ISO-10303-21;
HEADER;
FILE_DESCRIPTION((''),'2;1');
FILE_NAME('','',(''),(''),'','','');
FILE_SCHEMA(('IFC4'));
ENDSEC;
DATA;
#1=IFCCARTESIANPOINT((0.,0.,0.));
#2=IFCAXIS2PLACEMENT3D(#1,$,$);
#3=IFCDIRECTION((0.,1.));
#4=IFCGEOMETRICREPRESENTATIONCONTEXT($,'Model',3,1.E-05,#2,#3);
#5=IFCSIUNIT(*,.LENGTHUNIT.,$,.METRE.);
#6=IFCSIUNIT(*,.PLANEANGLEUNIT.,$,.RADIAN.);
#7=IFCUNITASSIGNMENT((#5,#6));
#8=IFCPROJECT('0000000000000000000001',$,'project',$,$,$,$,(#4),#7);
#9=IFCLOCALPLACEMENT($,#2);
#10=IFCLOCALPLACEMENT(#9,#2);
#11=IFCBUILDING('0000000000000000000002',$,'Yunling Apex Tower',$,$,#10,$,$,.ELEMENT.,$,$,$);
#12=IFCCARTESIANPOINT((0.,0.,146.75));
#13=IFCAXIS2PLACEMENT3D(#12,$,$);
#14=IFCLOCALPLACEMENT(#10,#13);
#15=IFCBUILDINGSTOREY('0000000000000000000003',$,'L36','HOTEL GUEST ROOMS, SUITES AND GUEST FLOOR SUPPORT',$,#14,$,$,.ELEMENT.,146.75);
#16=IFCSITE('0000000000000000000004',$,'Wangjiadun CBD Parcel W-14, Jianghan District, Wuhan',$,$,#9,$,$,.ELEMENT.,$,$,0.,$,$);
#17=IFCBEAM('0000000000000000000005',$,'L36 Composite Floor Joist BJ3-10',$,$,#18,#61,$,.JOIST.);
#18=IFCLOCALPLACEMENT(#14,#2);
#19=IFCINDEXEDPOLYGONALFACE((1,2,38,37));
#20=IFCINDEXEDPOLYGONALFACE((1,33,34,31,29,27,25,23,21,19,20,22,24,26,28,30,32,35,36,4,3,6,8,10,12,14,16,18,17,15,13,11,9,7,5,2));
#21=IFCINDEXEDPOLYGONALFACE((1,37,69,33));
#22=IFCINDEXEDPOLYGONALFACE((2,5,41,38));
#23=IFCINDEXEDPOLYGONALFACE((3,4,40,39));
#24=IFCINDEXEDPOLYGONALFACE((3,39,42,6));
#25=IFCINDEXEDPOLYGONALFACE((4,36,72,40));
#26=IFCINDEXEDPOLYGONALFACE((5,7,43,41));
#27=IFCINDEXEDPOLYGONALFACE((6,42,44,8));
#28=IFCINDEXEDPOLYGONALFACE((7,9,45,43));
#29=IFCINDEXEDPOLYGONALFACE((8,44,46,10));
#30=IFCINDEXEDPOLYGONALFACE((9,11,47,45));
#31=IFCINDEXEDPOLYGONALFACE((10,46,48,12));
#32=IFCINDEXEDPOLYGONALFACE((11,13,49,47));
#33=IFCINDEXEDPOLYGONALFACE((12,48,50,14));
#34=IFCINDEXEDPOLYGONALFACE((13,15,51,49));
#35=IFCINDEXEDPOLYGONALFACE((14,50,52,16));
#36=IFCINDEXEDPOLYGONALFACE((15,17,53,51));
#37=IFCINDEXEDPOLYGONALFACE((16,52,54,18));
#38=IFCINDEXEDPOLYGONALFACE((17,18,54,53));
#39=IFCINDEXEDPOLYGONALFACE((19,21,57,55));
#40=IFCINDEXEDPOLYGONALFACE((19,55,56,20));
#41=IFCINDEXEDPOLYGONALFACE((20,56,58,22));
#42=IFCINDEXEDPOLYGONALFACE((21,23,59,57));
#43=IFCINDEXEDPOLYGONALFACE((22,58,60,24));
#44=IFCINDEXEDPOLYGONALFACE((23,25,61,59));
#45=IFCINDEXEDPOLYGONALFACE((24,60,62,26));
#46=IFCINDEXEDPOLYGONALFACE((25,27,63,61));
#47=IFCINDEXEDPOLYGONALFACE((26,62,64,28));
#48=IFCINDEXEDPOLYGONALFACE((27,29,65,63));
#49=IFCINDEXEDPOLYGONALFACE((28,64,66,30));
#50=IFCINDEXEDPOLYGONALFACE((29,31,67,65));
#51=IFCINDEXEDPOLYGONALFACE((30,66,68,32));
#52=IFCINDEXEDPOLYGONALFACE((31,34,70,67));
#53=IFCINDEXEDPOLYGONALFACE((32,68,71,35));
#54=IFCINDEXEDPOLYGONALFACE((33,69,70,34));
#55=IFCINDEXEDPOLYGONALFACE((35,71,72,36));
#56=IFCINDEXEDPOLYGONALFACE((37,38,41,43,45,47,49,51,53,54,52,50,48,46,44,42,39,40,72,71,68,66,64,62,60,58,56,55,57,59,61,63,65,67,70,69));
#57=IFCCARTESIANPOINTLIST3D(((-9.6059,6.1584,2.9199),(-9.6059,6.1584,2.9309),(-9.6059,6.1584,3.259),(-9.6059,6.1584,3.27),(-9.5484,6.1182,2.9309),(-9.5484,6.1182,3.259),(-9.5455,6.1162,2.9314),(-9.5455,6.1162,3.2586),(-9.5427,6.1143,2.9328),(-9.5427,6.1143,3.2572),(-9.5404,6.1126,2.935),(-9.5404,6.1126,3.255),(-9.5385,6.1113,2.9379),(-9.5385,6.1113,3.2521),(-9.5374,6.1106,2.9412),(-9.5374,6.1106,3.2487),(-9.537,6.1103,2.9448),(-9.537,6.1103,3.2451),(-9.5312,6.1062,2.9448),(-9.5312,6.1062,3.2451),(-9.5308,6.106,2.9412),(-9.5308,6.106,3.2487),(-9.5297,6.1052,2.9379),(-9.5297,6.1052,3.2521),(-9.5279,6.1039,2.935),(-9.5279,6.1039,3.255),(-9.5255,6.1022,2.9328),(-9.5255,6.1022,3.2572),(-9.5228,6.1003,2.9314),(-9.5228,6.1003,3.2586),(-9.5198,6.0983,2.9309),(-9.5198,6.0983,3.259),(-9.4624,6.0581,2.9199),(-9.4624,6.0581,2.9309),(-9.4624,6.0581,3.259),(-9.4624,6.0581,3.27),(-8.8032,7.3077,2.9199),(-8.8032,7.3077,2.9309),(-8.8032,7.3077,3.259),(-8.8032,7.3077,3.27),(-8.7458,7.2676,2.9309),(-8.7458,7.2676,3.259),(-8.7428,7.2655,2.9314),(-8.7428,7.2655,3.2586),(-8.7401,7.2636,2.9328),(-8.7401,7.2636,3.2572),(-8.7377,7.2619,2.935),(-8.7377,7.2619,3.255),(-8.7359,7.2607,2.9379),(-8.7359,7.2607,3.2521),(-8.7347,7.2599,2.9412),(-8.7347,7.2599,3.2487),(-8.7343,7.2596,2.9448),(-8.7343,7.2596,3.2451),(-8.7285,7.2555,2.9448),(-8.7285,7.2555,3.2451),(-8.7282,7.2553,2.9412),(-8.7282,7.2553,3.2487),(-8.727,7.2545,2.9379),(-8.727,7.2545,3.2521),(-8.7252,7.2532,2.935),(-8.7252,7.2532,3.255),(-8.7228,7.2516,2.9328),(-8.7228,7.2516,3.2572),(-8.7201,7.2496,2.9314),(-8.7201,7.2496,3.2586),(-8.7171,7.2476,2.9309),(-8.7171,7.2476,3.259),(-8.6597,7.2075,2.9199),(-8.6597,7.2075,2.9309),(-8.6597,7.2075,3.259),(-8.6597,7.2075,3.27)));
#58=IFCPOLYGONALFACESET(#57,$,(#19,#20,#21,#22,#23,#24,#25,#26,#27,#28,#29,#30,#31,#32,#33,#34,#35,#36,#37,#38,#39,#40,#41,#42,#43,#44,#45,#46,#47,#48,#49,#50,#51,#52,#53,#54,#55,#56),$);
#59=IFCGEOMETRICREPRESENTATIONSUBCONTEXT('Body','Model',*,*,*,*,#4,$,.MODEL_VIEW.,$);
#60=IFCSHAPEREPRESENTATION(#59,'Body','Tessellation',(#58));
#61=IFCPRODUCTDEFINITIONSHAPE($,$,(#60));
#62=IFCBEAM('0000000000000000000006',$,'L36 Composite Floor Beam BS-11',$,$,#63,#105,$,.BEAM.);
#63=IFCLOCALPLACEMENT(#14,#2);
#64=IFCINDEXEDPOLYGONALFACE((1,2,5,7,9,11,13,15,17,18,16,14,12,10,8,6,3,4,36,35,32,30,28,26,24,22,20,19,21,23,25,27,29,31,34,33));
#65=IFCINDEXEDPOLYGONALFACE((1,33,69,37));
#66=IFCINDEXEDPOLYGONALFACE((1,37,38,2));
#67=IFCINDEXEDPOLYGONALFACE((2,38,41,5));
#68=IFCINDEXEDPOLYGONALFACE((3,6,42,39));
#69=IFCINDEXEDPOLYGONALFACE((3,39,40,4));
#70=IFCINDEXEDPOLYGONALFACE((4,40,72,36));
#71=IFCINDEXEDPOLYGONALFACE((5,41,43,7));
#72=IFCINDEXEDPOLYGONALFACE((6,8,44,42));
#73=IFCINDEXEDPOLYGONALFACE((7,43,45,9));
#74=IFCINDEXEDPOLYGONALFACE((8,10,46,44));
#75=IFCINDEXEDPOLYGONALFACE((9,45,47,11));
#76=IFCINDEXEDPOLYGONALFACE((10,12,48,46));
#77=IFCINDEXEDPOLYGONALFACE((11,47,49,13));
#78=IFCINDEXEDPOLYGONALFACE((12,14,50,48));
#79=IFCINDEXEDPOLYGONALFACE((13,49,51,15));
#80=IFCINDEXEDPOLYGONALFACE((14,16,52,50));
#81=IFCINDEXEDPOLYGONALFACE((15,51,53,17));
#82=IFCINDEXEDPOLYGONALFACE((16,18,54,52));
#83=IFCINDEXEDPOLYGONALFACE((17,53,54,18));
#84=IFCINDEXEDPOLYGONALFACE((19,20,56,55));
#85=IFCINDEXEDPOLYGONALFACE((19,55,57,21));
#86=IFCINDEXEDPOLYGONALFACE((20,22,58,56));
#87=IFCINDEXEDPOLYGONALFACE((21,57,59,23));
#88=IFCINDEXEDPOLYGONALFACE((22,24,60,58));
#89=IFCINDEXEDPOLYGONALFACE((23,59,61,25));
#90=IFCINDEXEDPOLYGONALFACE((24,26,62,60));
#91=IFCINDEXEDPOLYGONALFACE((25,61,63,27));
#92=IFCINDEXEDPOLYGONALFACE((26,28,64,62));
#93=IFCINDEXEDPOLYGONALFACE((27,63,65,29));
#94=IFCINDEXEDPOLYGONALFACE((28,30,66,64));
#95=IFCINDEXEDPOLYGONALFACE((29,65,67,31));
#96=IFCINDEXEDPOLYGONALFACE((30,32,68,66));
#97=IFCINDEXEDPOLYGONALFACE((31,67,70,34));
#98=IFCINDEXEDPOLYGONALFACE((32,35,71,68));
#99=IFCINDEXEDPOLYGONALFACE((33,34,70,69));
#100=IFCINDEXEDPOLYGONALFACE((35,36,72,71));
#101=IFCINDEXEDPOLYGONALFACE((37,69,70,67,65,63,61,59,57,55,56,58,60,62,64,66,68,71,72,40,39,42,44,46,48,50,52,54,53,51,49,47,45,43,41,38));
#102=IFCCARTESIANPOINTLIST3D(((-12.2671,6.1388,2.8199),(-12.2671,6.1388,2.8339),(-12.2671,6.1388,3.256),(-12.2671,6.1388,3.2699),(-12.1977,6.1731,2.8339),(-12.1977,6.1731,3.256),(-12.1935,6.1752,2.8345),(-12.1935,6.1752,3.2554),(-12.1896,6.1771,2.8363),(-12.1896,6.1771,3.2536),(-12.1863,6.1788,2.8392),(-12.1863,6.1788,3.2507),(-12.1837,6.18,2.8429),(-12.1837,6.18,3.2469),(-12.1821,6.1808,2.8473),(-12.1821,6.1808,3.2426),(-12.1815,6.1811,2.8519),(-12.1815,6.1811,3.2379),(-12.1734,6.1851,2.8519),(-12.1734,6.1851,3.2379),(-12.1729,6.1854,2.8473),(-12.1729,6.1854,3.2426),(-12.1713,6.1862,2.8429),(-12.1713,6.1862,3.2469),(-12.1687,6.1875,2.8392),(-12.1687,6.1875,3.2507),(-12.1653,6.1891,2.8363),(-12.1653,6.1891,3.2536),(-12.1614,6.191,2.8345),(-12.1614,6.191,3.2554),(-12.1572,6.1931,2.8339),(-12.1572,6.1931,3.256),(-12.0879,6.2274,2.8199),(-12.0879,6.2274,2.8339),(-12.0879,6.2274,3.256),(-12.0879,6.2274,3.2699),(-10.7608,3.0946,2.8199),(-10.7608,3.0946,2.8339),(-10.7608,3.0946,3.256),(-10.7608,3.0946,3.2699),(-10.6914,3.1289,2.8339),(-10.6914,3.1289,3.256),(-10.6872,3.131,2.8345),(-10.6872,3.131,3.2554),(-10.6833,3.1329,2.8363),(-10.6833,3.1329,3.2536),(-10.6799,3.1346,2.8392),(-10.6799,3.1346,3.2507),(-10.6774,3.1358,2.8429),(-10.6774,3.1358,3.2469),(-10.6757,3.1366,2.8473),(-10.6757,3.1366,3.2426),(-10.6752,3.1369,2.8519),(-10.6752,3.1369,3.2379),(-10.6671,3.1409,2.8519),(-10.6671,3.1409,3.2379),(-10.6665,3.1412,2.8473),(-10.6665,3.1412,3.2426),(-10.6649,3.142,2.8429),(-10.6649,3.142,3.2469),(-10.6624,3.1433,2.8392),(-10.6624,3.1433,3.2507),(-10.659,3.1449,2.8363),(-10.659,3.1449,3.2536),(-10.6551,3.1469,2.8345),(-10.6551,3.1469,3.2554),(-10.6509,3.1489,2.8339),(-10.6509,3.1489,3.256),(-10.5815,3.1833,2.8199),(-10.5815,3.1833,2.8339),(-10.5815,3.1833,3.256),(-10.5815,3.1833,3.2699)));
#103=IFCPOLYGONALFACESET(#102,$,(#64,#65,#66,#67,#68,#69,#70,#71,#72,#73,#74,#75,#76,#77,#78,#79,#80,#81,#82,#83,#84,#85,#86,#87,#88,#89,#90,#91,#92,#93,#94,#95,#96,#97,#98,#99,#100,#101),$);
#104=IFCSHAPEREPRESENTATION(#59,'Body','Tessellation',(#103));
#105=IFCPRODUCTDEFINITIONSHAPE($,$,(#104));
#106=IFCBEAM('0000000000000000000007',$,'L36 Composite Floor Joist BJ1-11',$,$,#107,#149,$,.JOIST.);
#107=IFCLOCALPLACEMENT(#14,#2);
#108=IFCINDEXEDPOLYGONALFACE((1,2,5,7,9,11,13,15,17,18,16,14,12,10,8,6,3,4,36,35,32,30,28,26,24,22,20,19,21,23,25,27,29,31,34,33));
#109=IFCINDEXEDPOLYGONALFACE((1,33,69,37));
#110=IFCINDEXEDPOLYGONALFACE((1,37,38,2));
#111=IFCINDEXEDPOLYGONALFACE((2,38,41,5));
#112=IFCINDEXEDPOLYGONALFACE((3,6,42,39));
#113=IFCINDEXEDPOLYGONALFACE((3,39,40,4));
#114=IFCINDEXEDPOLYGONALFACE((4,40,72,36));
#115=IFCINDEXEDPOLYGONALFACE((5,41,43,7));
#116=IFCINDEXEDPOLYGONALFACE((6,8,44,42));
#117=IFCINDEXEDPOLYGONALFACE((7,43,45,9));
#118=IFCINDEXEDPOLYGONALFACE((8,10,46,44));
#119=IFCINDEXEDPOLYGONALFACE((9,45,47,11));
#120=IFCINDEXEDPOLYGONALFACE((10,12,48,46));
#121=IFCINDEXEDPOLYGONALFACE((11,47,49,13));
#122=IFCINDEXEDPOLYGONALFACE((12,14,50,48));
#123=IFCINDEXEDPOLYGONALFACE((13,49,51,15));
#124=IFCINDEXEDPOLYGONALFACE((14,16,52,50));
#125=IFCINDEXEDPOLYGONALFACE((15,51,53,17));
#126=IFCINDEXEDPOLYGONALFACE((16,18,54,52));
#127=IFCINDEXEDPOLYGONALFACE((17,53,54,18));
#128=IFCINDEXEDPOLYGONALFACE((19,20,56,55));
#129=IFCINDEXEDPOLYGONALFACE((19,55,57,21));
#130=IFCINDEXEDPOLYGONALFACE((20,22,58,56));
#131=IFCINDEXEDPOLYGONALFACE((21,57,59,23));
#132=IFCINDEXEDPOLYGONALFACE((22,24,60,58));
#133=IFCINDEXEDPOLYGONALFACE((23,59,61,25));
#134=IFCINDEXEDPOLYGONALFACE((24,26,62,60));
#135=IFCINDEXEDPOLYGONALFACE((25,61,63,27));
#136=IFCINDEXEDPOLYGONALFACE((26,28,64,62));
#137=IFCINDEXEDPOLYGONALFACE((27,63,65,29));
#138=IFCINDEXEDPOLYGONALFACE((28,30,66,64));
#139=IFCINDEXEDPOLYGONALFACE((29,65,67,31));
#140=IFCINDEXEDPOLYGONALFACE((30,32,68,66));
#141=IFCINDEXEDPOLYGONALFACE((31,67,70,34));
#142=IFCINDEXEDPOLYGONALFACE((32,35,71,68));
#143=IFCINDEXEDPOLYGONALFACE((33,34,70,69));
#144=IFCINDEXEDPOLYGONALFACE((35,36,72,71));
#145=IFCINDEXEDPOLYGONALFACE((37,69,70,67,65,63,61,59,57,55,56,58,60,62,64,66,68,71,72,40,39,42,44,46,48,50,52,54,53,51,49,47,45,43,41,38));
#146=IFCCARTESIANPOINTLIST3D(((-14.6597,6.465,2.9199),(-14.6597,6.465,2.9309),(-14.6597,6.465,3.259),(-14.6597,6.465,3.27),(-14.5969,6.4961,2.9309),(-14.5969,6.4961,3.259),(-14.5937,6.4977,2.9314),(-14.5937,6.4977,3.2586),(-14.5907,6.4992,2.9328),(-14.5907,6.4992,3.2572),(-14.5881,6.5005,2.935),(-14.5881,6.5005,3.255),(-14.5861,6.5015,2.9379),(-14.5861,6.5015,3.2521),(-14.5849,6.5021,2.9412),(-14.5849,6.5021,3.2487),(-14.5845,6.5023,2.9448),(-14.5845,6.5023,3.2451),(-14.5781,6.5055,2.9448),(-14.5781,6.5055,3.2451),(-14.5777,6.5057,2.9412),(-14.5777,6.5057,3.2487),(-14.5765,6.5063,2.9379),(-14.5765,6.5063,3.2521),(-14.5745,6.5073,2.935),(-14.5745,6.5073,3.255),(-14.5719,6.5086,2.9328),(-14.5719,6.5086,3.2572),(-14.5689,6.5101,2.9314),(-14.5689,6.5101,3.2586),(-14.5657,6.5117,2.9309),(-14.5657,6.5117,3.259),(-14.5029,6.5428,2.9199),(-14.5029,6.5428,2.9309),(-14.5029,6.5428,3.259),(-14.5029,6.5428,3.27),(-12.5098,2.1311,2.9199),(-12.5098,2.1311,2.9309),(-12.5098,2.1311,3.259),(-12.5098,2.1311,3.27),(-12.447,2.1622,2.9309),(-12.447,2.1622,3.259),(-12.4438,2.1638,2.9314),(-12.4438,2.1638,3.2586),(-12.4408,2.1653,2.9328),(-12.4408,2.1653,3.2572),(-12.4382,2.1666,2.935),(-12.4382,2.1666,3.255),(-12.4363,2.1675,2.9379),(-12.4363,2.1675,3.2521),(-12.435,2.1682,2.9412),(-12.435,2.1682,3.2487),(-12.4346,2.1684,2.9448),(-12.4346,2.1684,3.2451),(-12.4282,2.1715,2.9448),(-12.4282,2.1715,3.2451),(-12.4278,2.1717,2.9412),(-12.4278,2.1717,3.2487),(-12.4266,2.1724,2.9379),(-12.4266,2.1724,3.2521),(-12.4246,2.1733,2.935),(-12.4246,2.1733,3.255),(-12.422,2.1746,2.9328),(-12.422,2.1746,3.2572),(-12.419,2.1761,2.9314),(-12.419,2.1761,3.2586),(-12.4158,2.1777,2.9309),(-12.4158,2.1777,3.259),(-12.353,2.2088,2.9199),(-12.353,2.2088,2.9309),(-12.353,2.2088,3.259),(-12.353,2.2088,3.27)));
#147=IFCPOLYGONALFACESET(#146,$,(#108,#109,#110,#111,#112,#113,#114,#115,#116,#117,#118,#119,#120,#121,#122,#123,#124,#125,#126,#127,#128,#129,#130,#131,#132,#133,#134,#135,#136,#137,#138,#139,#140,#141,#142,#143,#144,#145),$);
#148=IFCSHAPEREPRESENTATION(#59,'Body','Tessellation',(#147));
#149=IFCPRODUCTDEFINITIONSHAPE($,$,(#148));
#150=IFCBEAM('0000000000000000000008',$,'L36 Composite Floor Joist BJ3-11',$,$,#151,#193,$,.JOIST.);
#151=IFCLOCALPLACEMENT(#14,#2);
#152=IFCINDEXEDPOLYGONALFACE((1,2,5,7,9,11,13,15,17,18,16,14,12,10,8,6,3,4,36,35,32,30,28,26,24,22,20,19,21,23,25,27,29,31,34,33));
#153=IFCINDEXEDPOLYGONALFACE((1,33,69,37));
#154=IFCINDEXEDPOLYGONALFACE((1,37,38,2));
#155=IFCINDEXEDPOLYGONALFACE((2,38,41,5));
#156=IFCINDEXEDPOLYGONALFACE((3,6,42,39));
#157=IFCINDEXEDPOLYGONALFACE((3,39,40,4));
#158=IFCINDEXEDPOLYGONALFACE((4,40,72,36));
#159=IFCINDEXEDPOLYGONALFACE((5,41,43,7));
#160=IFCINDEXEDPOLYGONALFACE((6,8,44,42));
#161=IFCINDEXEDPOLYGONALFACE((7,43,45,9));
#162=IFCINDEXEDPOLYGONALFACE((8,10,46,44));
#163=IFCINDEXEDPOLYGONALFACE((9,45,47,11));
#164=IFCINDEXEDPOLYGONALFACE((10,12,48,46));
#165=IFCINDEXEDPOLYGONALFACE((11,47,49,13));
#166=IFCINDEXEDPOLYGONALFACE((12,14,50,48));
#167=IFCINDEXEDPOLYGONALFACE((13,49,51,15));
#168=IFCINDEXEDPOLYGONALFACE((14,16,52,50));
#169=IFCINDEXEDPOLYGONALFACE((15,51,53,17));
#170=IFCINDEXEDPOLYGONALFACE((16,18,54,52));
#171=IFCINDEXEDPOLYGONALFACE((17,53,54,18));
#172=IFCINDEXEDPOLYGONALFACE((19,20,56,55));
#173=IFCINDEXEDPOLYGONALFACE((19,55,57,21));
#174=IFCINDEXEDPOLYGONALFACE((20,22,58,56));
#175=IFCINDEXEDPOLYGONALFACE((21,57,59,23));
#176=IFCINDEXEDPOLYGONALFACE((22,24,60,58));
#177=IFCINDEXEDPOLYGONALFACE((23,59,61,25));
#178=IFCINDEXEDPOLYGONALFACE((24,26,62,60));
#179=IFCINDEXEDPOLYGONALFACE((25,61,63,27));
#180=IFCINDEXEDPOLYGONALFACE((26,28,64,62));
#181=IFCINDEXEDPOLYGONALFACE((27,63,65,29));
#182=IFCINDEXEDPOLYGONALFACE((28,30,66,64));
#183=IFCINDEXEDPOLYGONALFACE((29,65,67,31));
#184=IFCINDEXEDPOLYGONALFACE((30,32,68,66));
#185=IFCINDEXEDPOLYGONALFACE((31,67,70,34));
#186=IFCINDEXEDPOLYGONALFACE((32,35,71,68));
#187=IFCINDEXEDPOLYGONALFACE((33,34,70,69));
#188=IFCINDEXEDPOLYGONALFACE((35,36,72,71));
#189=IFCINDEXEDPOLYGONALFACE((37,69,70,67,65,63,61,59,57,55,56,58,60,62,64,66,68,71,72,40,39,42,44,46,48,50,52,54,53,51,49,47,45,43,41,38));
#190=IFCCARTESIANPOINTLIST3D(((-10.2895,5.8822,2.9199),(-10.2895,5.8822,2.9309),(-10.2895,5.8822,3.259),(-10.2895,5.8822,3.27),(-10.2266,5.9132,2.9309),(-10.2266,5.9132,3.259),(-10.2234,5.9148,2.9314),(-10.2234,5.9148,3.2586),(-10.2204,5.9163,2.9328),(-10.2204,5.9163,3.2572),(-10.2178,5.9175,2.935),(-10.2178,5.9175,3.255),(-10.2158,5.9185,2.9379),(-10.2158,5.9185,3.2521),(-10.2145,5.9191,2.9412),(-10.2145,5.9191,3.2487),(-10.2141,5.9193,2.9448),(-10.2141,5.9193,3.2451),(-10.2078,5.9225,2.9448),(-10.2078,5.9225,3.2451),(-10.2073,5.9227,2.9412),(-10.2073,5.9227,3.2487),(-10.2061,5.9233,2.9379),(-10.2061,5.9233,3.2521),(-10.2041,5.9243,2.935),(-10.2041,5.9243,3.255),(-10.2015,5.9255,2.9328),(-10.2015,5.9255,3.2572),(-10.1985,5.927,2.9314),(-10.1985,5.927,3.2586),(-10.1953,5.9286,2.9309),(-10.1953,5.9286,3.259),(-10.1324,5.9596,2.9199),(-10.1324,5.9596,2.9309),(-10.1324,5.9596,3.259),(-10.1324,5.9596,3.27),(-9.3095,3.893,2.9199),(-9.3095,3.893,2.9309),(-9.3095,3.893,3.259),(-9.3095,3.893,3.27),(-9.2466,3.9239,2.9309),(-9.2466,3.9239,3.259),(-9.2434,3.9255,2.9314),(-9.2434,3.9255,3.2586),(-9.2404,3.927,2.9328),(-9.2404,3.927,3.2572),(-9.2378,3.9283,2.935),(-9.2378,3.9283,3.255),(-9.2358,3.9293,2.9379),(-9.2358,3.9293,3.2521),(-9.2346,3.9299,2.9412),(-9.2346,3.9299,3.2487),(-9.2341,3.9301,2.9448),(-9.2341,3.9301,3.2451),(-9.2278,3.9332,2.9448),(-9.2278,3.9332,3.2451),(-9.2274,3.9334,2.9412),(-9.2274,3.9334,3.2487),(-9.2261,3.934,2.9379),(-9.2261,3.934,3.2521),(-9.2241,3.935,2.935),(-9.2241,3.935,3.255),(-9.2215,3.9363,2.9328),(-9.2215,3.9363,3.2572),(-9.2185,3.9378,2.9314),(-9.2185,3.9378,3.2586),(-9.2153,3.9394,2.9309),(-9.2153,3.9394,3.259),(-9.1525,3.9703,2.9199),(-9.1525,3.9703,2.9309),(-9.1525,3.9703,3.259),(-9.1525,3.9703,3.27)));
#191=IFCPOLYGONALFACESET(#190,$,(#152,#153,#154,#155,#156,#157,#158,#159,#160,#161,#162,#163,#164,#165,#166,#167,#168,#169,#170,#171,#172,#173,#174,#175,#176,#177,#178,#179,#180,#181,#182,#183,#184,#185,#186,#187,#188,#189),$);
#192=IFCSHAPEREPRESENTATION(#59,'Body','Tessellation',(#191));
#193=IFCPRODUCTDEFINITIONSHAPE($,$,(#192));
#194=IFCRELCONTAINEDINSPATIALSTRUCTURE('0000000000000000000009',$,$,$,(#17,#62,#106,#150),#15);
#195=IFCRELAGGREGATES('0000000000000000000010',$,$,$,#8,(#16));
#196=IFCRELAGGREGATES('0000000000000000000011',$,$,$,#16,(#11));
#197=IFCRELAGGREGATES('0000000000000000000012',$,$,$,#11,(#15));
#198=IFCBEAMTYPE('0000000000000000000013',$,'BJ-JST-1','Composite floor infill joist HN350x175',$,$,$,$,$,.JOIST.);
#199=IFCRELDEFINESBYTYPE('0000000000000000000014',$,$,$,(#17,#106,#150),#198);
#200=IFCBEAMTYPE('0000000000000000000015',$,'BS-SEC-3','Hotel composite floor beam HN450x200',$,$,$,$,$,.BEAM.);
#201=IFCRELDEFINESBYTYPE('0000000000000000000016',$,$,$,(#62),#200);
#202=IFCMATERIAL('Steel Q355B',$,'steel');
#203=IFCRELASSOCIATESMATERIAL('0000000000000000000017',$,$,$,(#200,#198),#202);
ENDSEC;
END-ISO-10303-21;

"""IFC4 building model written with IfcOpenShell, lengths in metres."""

from ifc_helpers import new_model, si_unit, direction, frame, origin, origin_2d, place, context, subcontext, project, spatial, i_section, extrude, source, transform, mapped, material, material_profile, profile_set, type_object, element, save


model = new_model("IFC4")

# Units and contexts
model_context = context("Model", 3, precision=1e-05, world=origin(), true_north=direction((0.0, 1.0)))
body_context = subcontext(model_context, "Body", "Model", "MODEL_VIEW")
ifc_project = project(units=[si_unit("LENGTHUNIT", "METRE"), si_unit("PLANEANGLEUNIT", "RADIAN")], contexts=[model_context])

# Site, building, storey
site_placement = place(None, origin())
site = spatial("IfcSite", under=ifc_project, at=site_placement, Name="Wangjiadun CBD Parcel W-14, Jianghan District, Wuhan", CompositionType="ELEMENT", RefElevation=0.0)
building_placement = place(site_placement, origin())
building = spatial("IfcBuilding", under=site, at=building_placement, Name="Yunling Apex Tower", CompositionType="ELEMENT")
storey_placement = place(building_placement, frame((0.0, 0.0, 146.75)))
storey = spatial("IfcBuildingStorey", under=building, at=storey_placement, Name="L36", Description="HOTEL GUEST ROOMS, SUITES AND GUEST FLOOR SUPPORT", CompositionType="ELEMENT", Elevation=146.75)

# Beams
ifc_material_1 = material(Name="Steel Q355B", Category="steel")
ifc_material_profile_1 = material_profile(ifc_material_1, i_section(OverallWidth=0.2, OverallDepth=0.45, WebThickness=0.009, FlangeThickness=0.0139, FilletRadius=0.0181, at=origin_2d()))
ifc_profile_set_1 = profile_set([ifc_material_profile_1], Name="Steel Q355B")
beam_type_1 = type_object("IfcBeamType", Name="BS-SEC-3", Description="Hotel composite floor beam HN450x200", PredefinedType="BEAM", material=ifc_profile_set_1)
ifc_material_profile_2 = material_profile(ifc_material_1, i_section(OverallWidth=0.175, OverallDepth=0.3501, WebThickness=0.0071, FlangeThickness=0.011, FilletRadius=0.0139, at=origin_2d()))
ifc_profile_set_2 = profile_set([ifc_material_profile_2], Name="Steel Q355B")
beam_type_2 = type_object("IfcBeamType", Name="BJ-JST-1", Description="Composite floor infill joist HN350x175", PredefinedType="JOIST", material=ifc_profile_set_2)
shared_shape_1 = source(origin(), body_context, "Body", "SweptSolid", [
    extrude(i_section(OverallWidth=0.175, OverallDepth=0.3501, WebThickness=0.0071, FlangeThickness=0.011, FilletRadius=0.0139, at=origin_2d()), origin(), (0.0, 0.0, 1.0), 1.4019),
])
beam_1_placement = place(storey_placement, frame((-8.7314, 7.2576, 3.095), z_axis=(-0.572574, -0.819853, 0.0), x_axis=(0.819853, -0.572574, 0.0)))
element("IfcBeam", 1, at=beam_1_placement, inside=storey, type_object=beam_type_2, Name="L36 Composite Floor Joist BJ3-10", PredefinedType="JOIST", context=body_context, shape_type="MappedRepresentation", body=[
    mapped(shared_shape_1, transform((0.0, 0.0, 0.0), scale=1.0)),
])
shared_shape_2 = source(origin(), body_context, "Body", "SweptSolid", [
    extrude(i_section(OverallWidth=0.2, OverallDepth=0.45, WebThickness=0.009, FlangeThickness=0.0139, FilletRadius=0.0181, at=origin_2d()), origin(), (0.0, 0.0, 1.0), 3.3965),
])
beam_2_placement = place(storey_placement, frame((-12.1775, 6.1831, 3.0449), z_axis=(0.443501, -0.896274, 0.0), x_axis=(0.896274, 0.443501, 0.0)))
element("IfcBeam", 2, at=beam_2_placement, inside=storey, type_object=beam_type_1, Name="L36 Composite Floor Beam BS-11", PredefinedType="BEAM", context=body_context, shape_type="MappedRepresentation", body=[
    mapped(shared_shape_2, transform((0.0, 0.0, 0.0), scale=1.0)),
])
shared_shape_3 = source(origin(), body_context, "Body", "SweptSolid", [
    extrude(i_section(OverallWidth=0.175, OverallDepth=0.3501, WebThickness=0.0071, FlangeThickness=0.011, FilletRadius=0.0139, at=origin_2d()), origin(), (0.0, 0.0, 1.0), 4.8379),
])
beam_3_placement = place(storey_placement, frame((-14.5813, 6.5039, 3.095), z_axis=(0.444385, -0.895836, 0.0), x_axis=(0.895836, 0.444385, 0.0)))
element("IfcBeam", 3, at=beam_3_placement, inside=storey, type_object=beam_type_2, Name="L36 Composite Floor Joist BJ1-11", PredefinedType="JOIST", context=body_context, shape_type="MappedRepresentation", body=[
    mapped(shared_shape_3, transform((0.0, 0.0, 0.0), scale=1.0)),
])
shared_shape_4 = source(origin(), body_context, "Body", "SweptSolid", [
    extrude(i_section(OverallWidth=0.175, OverallDepth=0.3501, WebThickness=0.0071, FlangeThickness=0.011, FilletRadius=0.0139, at=origin_2d()), origin(), (0.0, 0.0, 1.0), 2.2175),
])
beam_4_placement = place(storey_placement, frame((-10.2109, 5.9209, 3.095), z_axis=(0.441921, -0.897054, 0.0), x_axis=(0.897054, 0.441921, 0.0)))
element("IfcBeam", 4, at=beam_4_placement, inside=storey, type_object=beam_type_2, Name="L36 Composite Floor Joist BJ3-11", PredefinedType="JOIST", context=body_context, shape_type="MappedRepresentation", body=[
    mapped(shared_shape_4, transform((0.0, 0.0, 0.0), scale=1.0)),
])

save(model, "model.ifc")
